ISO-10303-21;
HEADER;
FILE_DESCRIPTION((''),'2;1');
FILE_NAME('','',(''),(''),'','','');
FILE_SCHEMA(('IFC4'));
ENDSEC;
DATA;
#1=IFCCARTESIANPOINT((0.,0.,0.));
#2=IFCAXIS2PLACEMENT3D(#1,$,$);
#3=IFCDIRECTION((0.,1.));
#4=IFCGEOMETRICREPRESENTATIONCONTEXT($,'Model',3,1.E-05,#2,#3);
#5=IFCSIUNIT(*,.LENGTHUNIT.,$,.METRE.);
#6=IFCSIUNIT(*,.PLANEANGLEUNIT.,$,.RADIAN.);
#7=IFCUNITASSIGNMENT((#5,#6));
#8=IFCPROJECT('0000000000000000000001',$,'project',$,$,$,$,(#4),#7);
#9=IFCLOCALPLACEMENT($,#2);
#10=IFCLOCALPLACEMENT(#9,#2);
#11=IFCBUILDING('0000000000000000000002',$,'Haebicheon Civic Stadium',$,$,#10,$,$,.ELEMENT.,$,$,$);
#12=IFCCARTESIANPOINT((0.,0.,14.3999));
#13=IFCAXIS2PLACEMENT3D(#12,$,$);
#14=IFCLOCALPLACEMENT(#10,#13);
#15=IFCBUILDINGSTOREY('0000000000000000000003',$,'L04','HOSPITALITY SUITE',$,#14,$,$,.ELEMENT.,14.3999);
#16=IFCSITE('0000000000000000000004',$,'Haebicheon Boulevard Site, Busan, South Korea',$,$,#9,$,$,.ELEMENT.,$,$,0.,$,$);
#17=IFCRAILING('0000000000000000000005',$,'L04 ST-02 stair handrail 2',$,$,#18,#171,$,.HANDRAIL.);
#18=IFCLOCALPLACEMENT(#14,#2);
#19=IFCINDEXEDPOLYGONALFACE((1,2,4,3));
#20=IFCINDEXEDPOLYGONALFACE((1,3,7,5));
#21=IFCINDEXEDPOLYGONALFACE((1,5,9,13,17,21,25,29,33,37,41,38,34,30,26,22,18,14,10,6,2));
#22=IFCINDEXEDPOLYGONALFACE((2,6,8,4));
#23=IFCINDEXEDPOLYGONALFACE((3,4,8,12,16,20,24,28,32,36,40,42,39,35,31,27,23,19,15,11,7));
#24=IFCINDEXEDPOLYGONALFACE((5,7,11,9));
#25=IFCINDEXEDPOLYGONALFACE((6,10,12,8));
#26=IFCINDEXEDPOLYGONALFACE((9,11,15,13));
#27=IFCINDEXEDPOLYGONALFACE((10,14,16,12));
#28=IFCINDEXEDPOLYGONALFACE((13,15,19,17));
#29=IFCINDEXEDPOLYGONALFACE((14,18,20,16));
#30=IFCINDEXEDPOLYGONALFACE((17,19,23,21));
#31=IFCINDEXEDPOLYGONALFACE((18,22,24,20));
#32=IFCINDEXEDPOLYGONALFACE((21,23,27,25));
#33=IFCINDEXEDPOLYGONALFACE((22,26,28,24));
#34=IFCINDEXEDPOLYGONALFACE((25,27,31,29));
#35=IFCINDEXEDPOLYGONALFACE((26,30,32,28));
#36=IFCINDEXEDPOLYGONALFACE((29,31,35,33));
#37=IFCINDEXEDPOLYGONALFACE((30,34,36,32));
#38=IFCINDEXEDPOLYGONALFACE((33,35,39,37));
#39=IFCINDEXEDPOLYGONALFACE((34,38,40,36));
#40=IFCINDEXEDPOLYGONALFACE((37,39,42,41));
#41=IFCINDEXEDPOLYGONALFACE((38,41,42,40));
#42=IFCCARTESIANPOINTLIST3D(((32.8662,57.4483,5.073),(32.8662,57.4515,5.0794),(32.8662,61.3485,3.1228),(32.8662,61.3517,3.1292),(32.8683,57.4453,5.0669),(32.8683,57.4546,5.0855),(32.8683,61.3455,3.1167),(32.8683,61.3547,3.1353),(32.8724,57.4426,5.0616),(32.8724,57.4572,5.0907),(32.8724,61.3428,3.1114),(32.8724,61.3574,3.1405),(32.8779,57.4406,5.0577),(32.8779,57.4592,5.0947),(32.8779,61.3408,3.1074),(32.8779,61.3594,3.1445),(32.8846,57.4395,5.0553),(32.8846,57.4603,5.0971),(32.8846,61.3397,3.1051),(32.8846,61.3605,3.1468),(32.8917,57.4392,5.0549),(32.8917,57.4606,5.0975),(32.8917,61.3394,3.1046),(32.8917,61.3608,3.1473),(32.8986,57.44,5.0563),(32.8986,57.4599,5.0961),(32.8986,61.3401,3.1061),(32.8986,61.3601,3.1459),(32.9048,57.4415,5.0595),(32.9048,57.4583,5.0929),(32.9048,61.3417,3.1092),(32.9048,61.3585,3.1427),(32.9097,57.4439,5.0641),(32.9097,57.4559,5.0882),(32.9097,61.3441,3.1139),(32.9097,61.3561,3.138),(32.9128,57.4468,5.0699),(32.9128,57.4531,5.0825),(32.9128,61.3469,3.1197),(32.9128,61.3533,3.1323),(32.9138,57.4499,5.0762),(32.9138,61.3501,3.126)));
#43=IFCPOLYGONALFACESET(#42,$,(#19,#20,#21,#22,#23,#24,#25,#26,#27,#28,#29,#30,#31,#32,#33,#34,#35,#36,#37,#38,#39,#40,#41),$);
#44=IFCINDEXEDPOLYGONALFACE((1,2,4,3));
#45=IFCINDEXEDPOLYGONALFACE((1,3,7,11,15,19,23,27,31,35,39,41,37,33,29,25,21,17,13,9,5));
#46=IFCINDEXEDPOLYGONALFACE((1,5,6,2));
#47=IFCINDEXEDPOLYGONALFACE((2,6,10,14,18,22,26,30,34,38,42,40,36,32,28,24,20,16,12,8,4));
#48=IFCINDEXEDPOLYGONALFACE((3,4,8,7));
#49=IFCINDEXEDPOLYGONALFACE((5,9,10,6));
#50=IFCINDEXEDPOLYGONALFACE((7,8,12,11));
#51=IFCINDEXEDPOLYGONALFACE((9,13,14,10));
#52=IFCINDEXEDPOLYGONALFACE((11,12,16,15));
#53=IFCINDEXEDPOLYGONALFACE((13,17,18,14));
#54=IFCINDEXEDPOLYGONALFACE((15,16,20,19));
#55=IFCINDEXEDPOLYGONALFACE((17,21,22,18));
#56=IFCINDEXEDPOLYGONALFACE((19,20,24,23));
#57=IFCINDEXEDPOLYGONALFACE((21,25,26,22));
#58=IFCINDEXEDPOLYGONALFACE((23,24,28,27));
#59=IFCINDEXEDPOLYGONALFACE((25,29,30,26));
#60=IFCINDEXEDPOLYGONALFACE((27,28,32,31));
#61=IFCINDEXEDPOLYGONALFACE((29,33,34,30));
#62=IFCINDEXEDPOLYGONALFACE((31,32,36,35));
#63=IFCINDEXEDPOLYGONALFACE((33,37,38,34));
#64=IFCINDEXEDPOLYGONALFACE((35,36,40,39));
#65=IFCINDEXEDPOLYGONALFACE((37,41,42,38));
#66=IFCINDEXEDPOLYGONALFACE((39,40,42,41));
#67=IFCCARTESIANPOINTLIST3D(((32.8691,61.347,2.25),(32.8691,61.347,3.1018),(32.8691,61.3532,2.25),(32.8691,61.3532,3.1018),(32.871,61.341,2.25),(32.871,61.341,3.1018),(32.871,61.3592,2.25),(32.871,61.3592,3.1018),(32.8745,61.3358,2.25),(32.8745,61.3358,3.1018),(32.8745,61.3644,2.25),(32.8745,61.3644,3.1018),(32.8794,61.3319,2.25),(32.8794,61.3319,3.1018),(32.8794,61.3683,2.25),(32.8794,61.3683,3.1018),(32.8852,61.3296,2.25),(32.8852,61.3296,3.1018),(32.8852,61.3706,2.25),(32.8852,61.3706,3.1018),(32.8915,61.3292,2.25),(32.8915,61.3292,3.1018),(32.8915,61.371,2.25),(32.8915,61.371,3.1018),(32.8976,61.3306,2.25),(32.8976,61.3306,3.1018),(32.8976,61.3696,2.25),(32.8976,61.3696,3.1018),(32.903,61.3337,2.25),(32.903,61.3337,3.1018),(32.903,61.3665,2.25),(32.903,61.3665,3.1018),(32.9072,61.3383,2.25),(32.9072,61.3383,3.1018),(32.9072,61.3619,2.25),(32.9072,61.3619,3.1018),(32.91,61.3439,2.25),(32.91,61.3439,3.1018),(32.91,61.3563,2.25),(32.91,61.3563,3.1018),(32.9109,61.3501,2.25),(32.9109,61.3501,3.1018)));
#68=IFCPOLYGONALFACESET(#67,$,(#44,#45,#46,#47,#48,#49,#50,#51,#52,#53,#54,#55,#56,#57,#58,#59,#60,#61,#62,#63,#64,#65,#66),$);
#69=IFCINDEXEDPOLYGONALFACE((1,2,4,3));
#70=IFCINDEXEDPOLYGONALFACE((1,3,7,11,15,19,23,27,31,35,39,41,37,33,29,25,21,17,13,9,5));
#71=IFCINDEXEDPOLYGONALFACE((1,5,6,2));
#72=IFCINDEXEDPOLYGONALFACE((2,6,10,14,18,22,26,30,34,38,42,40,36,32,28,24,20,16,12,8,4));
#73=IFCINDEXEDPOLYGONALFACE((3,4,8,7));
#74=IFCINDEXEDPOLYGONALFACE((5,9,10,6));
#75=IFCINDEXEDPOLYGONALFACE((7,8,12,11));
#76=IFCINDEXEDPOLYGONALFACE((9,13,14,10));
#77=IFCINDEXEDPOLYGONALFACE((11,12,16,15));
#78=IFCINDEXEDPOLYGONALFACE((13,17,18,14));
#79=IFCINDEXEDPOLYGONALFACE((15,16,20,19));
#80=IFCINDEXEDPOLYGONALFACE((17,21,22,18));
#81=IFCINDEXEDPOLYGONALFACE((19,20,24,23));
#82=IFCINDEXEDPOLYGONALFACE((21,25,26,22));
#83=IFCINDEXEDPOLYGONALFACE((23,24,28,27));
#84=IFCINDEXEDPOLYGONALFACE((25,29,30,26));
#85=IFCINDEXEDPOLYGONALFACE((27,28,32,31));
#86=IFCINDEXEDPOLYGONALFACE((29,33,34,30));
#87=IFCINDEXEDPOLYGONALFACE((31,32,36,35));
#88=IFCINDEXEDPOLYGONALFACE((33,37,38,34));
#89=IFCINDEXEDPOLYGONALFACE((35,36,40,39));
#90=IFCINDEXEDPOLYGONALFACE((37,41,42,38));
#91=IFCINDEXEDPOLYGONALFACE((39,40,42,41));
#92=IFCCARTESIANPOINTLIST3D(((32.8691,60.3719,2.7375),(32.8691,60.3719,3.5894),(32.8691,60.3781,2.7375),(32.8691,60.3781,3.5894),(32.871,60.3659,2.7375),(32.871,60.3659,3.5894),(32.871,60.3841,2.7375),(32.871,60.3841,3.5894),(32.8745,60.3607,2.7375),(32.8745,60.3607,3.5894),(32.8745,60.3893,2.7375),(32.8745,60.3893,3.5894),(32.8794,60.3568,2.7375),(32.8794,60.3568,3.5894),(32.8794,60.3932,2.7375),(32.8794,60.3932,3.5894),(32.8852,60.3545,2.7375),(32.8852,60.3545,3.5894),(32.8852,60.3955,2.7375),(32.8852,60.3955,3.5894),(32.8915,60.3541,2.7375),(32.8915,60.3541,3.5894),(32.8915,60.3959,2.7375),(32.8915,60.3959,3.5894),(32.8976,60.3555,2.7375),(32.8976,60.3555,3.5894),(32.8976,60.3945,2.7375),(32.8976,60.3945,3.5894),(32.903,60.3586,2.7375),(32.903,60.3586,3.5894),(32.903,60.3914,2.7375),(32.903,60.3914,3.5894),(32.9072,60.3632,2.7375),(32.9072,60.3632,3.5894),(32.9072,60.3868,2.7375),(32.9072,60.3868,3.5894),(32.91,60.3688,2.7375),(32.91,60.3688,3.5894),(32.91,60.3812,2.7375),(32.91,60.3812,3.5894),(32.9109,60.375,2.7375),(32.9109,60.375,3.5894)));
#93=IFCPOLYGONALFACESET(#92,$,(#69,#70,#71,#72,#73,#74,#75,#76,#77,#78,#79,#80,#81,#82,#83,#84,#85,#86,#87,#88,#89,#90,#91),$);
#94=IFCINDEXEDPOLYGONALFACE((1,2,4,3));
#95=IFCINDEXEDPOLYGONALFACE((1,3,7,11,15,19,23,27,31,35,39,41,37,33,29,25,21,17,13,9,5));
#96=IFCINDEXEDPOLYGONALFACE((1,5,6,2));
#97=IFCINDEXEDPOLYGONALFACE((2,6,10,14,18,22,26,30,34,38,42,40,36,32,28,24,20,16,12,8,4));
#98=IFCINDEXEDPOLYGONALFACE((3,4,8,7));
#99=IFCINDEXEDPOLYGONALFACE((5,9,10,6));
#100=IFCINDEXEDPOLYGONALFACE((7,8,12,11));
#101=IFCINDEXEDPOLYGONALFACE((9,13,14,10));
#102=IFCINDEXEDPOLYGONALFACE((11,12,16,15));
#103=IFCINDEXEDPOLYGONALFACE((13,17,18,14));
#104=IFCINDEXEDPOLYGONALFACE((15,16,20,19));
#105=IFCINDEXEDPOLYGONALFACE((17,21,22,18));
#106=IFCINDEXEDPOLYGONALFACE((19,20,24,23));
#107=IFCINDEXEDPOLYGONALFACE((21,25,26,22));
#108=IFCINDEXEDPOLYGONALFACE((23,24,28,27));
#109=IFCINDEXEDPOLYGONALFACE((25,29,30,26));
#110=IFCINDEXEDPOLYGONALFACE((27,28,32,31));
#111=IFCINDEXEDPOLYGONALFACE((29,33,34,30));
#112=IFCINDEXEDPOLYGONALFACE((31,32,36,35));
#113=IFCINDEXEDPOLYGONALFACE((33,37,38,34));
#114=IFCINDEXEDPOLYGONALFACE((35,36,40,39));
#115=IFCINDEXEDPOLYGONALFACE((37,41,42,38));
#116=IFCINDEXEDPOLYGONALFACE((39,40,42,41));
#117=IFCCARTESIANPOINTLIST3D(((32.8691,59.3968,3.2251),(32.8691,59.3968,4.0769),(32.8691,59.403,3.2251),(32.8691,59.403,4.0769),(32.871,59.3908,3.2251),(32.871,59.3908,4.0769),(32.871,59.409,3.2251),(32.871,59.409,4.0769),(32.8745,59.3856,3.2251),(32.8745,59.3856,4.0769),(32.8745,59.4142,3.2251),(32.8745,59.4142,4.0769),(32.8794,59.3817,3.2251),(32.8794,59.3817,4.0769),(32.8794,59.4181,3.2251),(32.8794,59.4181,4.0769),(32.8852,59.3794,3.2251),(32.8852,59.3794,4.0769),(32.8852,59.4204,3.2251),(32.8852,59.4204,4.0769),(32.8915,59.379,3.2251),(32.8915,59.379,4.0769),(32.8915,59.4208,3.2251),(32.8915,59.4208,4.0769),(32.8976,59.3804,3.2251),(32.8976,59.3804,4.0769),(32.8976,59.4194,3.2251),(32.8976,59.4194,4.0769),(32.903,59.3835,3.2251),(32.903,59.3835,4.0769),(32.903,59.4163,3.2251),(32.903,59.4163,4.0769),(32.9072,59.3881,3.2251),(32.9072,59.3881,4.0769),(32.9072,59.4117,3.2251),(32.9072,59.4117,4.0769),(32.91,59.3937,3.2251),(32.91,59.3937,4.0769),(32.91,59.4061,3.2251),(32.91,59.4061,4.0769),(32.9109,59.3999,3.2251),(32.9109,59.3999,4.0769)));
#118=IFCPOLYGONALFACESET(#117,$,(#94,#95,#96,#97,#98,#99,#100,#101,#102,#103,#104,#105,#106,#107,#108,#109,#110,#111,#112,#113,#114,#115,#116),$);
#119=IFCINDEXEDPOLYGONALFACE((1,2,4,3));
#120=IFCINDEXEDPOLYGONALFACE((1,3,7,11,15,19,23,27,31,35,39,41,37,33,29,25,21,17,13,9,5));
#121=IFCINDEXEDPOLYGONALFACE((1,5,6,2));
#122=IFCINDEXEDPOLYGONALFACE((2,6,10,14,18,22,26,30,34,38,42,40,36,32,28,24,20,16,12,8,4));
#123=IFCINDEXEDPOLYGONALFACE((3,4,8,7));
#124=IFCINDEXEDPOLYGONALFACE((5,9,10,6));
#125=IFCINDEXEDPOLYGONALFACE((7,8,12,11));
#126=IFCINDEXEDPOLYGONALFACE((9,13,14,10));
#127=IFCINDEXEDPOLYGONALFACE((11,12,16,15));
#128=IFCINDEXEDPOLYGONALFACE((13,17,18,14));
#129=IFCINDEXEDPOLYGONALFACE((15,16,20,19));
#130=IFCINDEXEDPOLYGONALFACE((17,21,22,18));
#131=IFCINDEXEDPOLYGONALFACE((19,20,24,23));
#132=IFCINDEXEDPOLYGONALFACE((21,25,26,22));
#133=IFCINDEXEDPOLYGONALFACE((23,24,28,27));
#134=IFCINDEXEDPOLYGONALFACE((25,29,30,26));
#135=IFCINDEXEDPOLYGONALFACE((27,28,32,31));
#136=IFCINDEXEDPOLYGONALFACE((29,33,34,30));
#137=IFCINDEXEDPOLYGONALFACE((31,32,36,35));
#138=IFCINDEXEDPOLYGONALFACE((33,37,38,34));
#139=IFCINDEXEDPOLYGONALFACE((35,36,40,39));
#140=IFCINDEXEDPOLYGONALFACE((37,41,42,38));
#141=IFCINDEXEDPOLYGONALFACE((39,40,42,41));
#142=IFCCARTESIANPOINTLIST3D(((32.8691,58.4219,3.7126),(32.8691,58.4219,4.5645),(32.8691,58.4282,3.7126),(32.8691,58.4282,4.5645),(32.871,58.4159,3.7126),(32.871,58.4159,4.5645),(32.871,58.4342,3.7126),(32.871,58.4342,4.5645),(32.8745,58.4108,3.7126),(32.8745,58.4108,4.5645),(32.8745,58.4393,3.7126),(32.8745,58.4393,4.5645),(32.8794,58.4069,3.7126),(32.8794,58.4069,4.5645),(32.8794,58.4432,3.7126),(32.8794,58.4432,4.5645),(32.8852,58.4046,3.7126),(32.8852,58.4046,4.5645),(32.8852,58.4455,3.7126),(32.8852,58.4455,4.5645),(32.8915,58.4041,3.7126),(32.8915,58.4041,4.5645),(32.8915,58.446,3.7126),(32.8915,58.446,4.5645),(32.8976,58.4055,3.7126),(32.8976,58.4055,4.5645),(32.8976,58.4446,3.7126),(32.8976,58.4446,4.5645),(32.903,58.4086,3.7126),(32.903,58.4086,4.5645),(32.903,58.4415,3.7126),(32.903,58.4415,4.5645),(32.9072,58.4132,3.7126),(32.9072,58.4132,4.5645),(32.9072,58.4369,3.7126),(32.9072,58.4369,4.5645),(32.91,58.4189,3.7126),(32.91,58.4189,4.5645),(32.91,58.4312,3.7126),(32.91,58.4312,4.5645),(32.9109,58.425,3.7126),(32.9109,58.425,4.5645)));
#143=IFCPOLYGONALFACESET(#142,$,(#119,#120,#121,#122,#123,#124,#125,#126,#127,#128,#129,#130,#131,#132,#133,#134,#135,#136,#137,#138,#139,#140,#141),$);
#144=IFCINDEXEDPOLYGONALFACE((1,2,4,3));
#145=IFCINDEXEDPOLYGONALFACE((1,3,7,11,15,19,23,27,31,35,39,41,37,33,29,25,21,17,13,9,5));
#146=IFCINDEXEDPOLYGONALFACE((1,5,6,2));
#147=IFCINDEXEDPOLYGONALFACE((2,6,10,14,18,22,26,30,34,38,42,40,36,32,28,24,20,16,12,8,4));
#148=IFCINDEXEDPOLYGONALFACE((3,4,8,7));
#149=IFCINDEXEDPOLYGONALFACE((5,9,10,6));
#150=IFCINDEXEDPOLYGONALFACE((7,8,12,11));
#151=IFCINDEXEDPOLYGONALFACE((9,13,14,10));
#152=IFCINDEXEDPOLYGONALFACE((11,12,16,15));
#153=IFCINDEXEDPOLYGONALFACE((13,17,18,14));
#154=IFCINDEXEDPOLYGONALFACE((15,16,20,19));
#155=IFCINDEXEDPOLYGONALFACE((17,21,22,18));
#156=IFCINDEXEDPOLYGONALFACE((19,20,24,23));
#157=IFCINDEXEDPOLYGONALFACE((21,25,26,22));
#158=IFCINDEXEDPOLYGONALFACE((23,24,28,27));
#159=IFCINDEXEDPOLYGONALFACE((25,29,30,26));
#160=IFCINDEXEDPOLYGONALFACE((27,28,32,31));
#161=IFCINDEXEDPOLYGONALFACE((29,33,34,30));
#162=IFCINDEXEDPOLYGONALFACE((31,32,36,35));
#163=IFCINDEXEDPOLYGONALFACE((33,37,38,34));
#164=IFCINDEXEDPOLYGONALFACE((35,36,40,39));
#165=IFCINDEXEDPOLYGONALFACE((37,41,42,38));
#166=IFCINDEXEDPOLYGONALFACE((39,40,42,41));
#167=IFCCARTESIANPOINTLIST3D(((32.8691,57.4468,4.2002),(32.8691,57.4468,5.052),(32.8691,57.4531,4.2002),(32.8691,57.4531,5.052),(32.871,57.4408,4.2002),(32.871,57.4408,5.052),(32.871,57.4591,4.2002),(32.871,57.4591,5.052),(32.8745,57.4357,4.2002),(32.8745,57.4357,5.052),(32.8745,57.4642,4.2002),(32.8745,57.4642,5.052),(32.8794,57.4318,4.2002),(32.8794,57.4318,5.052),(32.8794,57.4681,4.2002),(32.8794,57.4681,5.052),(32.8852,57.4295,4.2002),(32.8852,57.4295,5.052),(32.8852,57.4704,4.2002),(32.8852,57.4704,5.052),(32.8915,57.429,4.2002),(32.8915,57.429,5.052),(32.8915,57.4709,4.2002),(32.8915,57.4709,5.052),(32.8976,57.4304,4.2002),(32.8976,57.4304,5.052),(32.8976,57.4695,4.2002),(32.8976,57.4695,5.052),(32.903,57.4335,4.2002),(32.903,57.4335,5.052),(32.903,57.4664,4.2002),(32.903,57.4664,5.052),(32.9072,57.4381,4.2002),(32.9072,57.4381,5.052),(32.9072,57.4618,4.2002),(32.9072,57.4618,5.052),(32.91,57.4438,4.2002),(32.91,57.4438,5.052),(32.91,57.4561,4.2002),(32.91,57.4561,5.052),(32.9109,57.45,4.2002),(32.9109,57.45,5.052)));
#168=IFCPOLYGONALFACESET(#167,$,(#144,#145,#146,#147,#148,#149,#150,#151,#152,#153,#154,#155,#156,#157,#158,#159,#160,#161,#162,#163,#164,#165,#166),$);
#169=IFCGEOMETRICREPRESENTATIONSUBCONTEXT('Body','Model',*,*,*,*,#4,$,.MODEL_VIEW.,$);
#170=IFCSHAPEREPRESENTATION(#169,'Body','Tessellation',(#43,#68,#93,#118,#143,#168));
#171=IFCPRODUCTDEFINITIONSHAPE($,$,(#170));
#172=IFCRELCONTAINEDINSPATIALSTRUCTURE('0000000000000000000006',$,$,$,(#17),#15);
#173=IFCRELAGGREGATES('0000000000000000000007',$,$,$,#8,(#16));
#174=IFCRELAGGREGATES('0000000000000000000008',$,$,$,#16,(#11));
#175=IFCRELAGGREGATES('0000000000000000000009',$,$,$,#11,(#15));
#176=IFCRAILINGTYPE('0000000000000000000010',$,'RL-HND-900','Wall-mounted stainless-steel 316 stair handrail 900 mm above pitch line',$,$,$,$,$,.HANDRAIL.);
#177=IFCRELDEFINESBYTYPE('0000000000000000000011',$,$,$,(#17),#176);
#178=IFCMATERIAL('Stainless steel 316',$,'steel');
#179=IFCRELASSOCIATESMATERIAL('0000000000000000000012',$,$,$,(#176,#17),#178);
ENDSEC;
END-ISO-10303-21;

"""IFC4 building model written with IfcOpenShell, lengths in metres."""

from ifc_helpers import new_model, si_unit, direction, frame, origin, origin_2d, place, context, subcontext, project, spatial, circle, extrude, material, type_object, element, save


model = new_model("IFC4")

# Units and contexts
model_context = context("Model", 3, precision=1e-05, world=origin(), true_north=direction((0.0, 1.0)))
body_context = subcontext(model_context, "Body", "Model", "MODEL_VIEW")
ifc_project = project(units=[si_unit("LENGTHUNIT", "METRE"), si_unit("PLANEANGLEUNIT", "RADIAN")], contexts=[model_context])

# Site, building, storey
site_placement = place(None, origin())
site = spatial("IfcSite", under=ifc_project, at=site_placement, Name="Haebicheon Boulevard Site, Busan, South Korea", CompositionType="ELEMENT", RefElevation=0.0)
building_placement = place(site_placement, origin())
building = spatial("IfcBuilding", under=site, at=building_placement, Name="Haebicheon Civic Stadium", CompositionType="ELEMENT")
storey_placement = place(building_placement, frame((0.0, 0.0, 14.3999)))
storey = spatial("IfcBuildingStorey", under=building, at=storey_placement, Name="L04", Description="HOSPITALITY SUITE", CompositionType="ELEMENT", Elevation=14.3999)

# Railing
ifc_material_1 = material(Name="Stainless steel 316", Category="steel")
railing_type_1 = type_object("IfcRailingType", Name="RL-HND-900", Description="Wall-mounted stainless-steel 316 stair handrail 900 mm above pitch line", PredefinedType="HANDRAIL", material=ifc_material_1)
railing_1_placement = place(storey_placement, frame((32.8899, 61.3501, 2.25)))
element("IfcRailing", 1, at=railing_1_placement, inside=storey, type_object=railing_type_1, material=ifc_material_1, Name="L04 ST-02 stair handrail 2", PredefinedType="HANDRAIL", context=body_context, shape_type="SweptSolid", body=[
    extrude(circle(Radius=0.0239, at=origin_2d()), frame((0.0, 0.0, 0.876), z_axis=(0.0, -0.894416, 0.447236), x_axis=(1.0, 0.0, 0.0)), (0.0, 0.0, 1.0), 4.3606),
    extrude(circle(Radius=0.021, at=origin_2d()), origin(), (0.0, 0.0, 1.0), 0.8518),
    extrude(circle(Radius=0.021, at=origin_2d()), frame((0.0, -0.9751, 0.4875)), (0.0, 0.0, 1.0), 0.8518),
    extrude(circle(Radius=0.021, at=origin_2d()), frame((0.0, -1.9502, 0.9751)), (0.0, 0.0, 1.0), 0.8518),
    extrude(circle(Radius=0.021, at=origin_2d()), frame((0.0, -2.925, 1.4626)), (0.0, 0.0, 1.0), 0.8518),
    extrude(circle(Radius=0.021, at=origin_2d()), frame((0.0, -3.9001, 1.9502)), (0.0, 0.0, 1.0), 0.8518),
])

save(model, "model.ifc")
